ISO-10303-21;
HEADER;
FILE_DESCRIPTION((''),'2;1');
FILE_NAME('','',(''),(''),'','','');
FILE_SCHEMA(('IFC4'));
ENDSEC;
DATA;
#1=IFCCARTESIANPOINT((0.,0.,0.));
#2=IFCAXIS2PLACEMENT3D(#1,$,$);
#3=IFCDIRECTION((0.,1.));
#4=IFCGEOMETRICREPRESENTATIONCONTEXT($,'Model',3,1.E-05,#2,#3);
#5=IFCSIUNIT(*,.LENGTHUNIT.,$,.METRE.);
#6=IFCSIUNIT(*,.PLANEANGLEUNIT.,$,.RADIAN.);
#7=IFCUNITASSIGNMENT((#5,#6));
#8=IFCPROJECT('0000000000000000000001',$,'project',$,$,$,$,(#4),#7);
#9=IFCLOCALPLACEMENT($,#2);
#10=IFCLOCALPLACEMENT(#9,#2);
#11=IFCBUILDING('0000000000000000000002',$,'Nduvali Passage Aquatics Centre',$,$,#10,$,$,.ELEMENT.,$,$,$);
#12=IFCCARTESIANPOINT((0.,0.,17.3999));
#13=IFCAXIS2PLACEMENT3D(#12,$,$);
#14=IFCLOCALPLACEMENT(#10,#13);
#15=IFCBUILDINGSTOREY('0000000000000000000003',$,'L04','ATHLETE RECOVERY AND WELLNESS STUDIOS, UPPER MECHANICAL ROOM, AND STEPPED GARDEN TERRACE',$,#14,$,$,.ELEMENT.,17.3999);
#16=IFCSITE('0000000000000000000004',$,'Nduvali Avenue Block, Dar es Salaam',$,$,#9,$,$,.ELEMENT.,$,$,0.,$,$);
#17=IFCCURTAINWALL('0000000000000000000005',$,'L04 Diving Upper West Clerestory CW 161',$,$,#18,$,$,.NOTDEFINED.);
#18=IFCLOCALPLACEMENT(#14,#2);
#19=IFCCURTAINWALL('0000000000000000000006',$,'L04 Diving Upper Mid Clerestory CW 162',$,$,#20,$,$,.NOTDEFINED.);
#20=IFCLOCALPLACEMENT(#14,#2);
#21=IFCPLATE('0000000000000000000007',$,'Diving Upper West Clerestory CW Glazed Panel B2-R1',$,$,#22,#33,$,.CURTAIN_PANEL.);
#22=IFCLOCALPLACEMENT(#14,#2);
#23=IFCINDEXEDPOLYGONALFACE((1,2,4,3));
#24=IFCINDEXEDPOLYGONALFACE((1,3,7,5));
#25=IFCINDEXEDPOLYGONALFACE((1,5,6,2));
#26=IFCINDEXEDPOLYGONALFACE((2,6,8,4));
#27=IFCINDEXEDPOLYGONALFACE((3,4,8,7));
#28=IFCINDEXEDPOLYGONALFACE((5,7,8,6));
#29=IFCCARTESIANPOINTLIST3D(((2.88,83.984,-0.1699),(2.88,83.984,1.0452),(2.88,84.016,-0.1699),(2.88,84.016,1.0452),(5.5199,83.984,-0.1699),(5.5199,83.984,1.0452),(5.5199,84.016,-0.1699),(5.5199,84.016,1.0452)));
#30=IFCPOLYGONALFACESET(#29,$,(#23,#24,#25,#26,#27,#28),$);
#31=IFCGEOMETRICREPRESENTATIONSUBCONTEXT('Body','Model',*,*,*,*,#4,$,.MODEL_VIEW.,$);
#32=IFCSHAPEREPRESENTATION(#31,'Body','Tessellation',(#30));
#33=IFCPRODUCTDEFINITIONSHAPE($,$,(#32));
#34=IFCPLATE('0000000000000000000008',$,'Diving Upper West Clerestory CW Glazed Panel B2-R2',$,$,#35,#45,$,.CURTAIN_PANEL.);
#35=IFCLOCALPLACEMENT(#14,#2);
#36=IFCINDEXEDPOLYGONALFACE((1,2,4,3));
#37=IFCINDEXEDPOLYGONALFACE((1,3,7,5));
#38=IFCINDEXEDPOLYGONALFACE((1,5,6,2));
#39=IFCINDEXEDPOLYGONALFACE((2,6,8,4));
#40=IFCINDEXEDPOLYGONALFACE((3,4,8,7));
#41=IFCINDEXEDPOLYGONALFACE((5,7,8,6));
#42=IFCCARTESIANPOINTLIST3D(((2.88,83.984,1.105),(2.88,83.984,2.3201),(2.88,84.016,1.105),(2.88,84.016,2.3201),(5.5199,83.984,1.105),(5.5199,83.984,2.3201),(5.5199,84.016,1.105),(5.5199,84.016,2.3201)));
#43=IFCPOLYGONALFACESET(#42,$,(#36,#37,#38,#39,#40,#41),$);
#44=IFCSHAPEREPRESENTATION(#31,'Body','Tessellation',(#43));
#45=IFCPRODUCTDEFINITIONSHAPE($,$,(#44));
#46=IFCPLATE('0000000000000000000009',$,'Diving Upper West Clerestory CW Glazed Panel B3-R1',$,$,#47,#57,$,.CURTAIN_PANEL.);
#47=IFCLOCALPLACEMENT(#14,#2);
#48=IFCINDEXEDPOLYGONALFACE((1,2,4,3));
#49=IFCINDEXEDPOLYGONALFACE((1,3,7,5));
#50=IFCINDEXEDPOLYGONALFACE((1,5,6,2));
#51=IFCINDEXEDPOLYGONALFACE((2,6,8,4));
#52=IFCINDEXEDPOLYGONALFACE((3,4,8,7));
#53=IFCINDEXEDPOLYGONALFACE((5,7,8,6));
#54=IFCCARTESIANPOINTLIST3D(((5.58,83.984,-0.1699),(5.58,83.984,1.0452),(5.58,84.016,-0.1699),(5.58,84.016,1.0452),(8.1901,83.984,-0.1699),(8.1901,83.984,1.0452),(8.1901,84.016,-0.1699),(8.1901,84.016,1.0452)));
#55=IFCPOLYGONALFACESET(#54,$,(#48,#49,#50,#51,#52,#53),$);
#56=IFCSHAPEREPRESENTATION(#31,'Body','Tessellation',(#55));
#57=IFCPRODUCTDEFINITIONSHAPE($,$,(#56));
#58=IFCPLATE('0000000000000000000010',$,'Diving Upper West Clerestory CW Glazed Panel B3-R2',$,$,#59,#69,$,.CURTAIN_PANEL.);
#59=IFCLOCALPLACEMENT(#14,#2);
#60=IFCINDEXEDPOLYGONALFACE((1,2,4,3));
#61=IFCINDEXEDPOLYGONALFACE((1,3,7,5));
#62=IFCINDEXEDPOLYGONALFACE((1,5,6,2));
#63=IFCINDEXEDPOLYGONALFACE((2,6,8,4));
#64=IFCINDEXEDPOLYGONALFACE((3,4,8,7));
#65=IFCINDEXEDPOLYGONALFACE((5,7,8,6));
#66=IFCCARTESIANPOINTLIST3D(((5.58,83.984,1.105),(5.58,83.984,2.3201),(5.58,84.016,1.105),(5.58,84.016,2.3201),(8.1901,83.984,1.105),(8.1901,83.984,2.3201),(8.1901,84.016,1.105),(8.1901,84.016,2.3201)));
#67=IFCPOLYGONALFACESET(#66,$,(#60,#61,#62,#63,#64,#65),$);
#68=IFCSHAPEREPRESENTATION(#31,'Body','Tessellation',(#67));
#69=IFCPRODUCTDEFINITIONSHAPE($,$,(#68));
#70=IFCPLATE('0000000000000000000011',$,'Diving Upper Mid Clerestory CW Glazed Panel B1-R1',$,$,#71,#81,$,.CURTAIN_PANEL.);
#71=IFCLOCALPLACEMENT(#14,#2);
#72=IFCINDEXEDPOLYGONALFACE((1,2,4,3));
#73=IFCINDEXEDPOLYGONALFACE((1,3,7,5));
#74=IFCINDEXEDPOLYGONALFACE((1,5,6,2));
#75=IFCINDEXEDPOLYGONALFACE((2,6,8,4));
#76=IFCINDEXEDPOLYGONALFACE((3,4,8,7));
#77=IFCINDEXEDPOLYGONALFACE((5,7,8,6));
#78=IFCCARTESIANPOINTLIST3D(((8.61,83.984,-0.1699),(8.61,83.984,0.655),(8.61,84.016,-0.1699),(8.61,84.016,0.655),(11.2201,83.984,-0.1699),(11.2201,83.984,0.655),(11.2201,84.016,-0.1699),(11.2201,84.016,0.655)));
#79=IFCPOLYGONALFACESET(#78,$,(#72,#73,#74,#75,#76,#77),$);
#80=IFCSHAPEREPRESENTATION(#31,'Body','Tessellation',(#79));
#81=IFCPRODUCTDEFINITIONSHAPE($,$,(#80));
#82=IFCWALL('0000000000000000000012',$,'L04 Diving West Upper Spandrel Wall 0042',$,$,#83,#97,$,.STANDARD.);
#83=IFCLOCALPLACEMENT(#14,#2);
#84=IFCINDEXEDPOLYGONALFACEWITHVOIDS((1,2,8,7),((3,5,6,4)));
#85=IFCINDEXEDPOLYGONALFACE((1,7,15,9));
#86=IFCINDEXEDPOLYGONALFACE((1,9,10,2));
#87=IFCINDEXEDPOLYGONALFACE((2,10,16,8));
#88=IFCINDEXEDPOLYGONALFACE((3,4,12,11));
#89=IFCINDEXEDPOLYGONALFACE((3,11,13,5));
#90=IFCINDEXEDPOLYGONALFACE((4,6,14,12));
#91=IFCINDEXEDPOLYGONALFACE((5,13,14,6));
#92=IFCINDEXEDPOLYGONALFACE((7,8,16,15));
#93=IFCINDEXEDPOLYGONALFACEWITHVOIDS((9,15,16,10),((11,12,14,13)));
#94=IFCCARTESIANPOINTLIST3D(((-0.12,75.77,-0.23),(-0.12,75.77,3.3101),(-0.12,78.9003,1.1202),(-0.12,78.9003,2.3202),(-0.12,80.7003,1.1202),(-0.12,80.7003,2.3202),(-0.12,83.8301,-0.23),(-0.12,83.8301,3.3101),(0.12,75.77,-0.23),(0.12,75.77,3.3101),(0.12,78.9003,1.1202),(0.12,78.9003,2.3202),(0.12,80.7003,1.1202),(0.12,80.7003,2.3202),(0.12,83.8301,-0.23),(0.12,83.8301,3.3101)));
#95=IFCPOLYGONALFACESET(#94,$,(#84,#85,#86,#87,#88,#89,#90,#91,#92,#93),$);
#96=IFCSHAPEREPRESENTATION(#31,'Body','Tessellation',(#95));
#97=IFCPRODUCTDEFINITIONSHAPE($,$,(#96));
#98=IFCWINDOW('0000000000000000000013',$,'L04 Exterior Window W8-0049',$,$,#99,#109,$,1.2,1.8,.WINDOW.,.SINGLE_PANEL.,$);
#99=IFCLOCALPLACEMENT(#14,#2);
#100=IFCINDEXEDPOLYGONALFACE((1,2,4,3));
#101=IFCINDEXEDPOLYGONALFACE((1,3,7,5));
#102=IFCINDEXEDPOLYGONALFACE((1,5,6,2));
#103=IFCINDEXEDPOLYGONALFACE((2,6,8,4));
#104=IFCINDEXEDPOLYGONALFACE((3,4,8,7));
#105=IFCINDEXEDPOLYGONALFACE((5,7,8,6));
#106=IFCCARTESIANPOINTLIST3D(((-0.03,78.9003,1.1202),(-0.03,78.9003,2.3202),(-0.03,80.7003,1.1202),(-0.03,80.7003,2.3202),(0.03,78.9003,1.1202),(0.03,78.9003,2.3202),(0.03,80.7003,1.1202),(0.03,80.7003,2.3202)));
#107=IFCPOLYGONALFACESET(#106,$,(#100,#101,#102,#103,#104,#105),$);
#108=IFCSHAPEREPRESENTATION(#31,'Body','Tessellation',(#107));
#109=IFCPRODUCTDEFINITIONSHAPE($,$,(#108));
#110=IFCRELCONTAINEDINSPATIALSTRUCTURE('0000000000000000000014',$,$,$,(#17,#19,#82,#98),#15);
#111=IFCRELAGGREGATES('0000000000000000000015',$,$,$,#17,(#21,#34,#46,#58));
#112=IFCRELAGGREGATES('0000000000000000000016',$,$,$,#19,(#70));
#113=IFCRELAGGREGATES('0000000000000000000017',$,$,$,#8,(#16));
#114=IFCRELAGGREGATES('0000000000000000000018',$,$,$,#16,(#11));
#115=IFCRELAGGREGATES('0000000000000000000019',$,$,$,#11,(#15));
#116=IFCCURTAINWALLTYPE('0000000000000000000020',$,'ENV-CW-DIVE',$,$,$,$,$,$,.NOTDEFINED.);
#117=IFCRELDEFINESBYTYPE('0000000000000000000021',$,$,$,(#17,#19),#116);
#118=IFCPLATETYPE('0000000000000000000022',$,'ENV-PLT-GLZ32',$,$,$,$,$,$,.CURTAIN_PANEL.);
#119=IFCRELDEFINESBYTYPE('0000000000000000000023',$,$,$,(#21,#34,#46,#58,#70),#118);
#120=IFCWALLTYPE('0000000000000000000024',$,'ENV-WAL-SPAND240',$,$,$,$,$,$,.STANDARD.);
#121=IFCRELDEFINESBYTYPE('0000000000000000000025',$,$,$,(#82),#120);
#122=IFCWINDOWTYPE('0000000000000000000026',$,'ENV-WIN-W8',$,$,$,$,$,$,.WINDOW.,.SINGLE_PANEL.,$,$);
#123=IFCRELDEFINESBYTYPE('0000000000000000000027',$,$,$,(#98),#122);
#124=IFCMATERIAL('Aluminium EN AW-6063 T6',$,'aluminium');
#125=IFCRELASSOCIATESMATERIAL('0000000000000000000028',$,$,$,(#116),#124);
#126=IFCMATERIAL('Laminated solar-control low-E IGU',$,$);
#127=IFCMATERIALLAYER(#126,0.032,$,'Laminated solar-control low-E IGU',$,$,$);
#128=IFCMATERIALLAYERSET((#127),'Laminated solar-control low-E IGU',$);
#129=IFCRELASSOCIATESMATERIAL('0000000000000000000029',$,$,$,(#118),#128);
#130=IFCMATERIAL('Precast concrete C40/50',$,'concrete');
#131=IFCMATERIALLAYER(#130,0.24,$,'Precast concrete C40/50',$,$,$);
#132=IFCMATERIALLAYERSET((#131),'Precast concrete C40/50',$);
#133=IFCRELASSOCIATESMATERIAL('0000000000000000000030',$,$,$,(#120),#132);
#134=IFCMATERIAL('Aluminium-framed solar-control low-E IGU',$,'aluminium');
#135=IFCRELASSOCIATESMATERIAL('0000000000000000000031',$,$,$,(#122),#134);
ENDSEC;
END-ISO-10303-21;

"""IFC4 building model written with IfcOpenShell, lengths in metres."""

from ifc_helpers import new_model, si_unit, direction, frame, frame_2d, origin, origin_2d, place, context, subcontext, project, spatial, rectangle, extrude, material, layer, layer_set, type_object, element, fill, aggregate, save


model = new_model("IFC4")

# Units and contexts
model_context = context("Model", 3, precision=1e-05, world=origin(), true_north=direction((0.0, 1.0)))
body_context = subcontext(model_context, "Body", "Model", "MODEL_VIEW")
ifc_project = project(units=[si_unit("LENGTHUNIT", "METRE"), si_unit("PLANEANGLEUNIT", "RADIAN")], contexts=[model_context])

# Site, building, storey
site_placement = place(None, origin())
site = spatial("IfcSite", under=ifc_project, at=site_placement, Name="Nduvali Avenue Block, Dar es Salaam", CompositionType="ELEMENT", RefElevation=0.0)
building_placement = place(site_placement, origin())
building = spatial("IfcBuilding", under=site, at=building_placement, Name="Nduvali Passage Aquatics Centre", CompositionType="ELEMENT")
storey_placement = place(building_placement, frame((0.0, 0.0, 17.3999)))
storey = spatial("IfcBuildingStorey", under=building, at=storey_placement, Name="L04", Description="ATHLETE RECOVERY AND WELLNESS STUDIOS, UPPER MECHANICAL ROOM, AND STEPPED GARDEN TERRACE", CompositionType="ELEMENT", Elevation=17.3999)

# Shared definitions
ifc_material_1 = material(Name="Aluminium EN AW-6063 T6", Category="aluminium")
curtain_wall_type = type_object("IfcCurtainWallType", Name="ENV-CW-DIVE", PredefinedType="NOTDEFINED", material=ifc_material_1)

# Curtain wall
curtain_wall_1_placement = place(storey_placement, origin())
curtain_wall_1 = element("IfcCurtainWall", 1, at=curtain_wall_1_placement, inside=storey, type_object=curtain_wall_type, Name="L04 Diving Upper West Clerestory CW 161", PredefinedType="NOTDEFINED")

# Curtain wall
curtain_wall_2_placement = place(storey_placement, origin())
curtain_wall_2 = element("IfcCurtainWall", 2, at=curtain_wall_2_placement, inside=storey, type_object=curtain_wall_type, Name="L04 Diving Upper Mid Clerestory CW 162", PredefinedType="NOTDEFINED")

# Plates
ifc_material_2 = material(Name="Laminated solar-control low-E IGU")
ifc_layer_1 = layer(ifc_material_2, 0.032, Name="Laminated solar-control low-E IGU")
ifc_layer_set_1 = layer_set([ifc_layer_1], Name="Laminated solar-control low-E IGU")
plate_type = type_object("IfcPlateType", Name="ENV-PLT-GLZ32", PredefinedType="CURTAIN_PANEL", material=ifc_layer_set_1)
plate_1_placement = place(storey_placement, frame((4.2, 84.0, -0.1699), z_axis=(0.0, 0.0, 1.0), x_axis=(1.0, 0.0, 0.0)))
plate_1 = element("IfcPlate", 3, at=plate_1_placement, type_object=plate_type, Name="Diving Upper West Clerestory CW Glazed Panel B2-R1", PredefinedType="CURTAIN_PANEL", context=body_context, shape_type="SweptSolid", body=[
    extrude(rectangle(XDim=2.6399, YDim=0.032, at=origin_2d()), origin(), (0.0, 0.0, 1.0), 1.2151),
])
plate_2_placement = place(storey_placement, frame((4.2, 84.0, 1.105), z_axis=(0.0, 0.0, 1.0), x_axis=(1.0, 0.0, 0.0)))
plate_2 = element("IfcPlate", 4, at=plate_2_placement, type_object=plate_type, Name="Diving Upper West Clerestory CW Glazed Panel B2-R2", PredefinedType="CURTAIN_PANEL", context=body_context, shape_type="SweptSolid", body=[
    extrude(rectangle(XDim=2.6399, YDim=0.032, at=origin_2d()), origin(), (0.0, 0.0, 1.0), 1.2151),
])
plate_3_placement = place(storey_placement, frame((6.885, 84.0, -0.1699), z_axis=(0.0, 0.0, 1.0), x_axis=(1.0, 0.0, 0.0)))
plate_3 = element("IfcPlate", 5, at=plate_3_placement, type_object=plate_type, Name="Diving Upper West Clerestory CW Glazed Panel B3-R1", PredefinedType="CURTAIN_PANEL", context=body_context, shape_type="SweptSolid", body=[
    extrude(rectangle(XDim=2.6101, YDim=0.032, at=origin_2d()), origin(), (0.0, 0.0, 1.0), 1.2151),
])
plate_4_placement = place(storey_placement, frame((6.885, 84.0, 1.105), z_axis=(0.0, 0.0, 1.0), x_axis=(1.0, 0.0, 0.0)))
plate_4 = element("IfcPlate", 6, at=plate_4_placement, type_object=plate_type, Name="Diving Upper West Clerestory CW Glazed Panel B3-R2", PredefinedType="CURTAIN_PANEL", context=body_context, shape_type="SweptSolid", body=[
    extrude(rectangle(XDim=2.6101, YDim=0.032, at=origin_2d()), origin(), (0.0, 0.0, 1.0), 1.2151),
])
aggregate(curtain_wall_1, [plate_1, plate_2, plate_3, plate_4])
plate_5_placement = place(storey_placement, frame((9.915, 84.0, -0.1699), z_axis=(0.0, 0.0, 1.0), x_axis=(1.0, 0.0, 0.0)))
plate_5 = element("IfcPlate", 7, at=plate_5_placement, type_object=plate_type, Name="Diving Upper Mid Clerestory CW Glazed Panel B1-R1", PredefinedType="CURTAIN_PANEL", context=body_context, shape_type="SweptSolid", body=[
    extrude(rectangle(XDim=2.6101, YDim=0.032, at=origin_2d()), origin(), (0.0, 0.0, 1.0), 0.825),
])
aggregate(curtain_wall_2, [plate_5])

# Wall, opening, window
ifc_material_3 = material(Name="Precast concrete C40/50", Category="concrete")
ifc_layer_2 = layer(ifc_material_3, 0.24, Name="Precast concrete C40/50")
ifc_layer_set_2 = layer_set([ifc_layer_2], Name="Precast concrete C40/50")
wall_type = type_object("IfcWallType", Name="ENV-WAL-SPAND240", PredefinedType="STANDARD", material=ifc_layer_set_2)
wall_placement = place(storey_placement, frame((0.0, 83.8301, -0.23), z_axis=(0.0, 0.0, 1.0), x_axis=(0.0, -1.0, 0.0)))
wall = element("IfcWall", 8, at=wall_placement, inside=storey, type_object=wall_type, Name="L04 Diving West Upper Spandrel Wall 0042", PredefinedType="STANDARD", context=body_context, shape_type="SweptSolid", body=[
    extrude(rectangle(XDim=8.0601, YDim=0.24, at=frame_2d((4.03, 0.0))), origin(), (0.0, 0.0, 1.0), 3.54),
])
opening_placement = place(wall_placement, frame((3.1299, 0.0, 1.3501)))
opening = element("IfcOpeningElement", 9, at=opening_placement, cuts=wall, PredefinedType="OPENING", context=body_context, shape_type="SweptSolid", body=[
    extrude(rectangle(XDim=1.8, YDim=1.2, at=frame_2d((0.8999, 0.6001))), frame((0.0, 0.1348, 0.0), z_axis=(0.0, -1.0, 0.0), x_axis=(1.0, 0.0, 0.0)), (0.0, 0.0, 1.0), 0.2698),
])
ifc_material_4 = material(Name="Aluminium-framed solar-control low-E IGU", Category="aluminium")
window_type = type_object("IfcWindowType", Name="ENV-WIN-W8", PartitioningType="SINGLE_PANEL", PredefinedType="WINDOW", material=ifc_material_4)
window_placement = place(opening_placement, origin())
window = element("IfcWindow", 10, at=window_placement, inside=storey, type_object=window_type, Name="L04 Exterior Window W8-0049", OverallHeight=1.2, OverallWidth=1.8, PartitioningType="SINGLE_PANEL", PredefinedType="WINDOW", context=body_context, shape_type="SweptSolid", body=[
    extrude(rectangle(XDim=1.8, YDim=1.2, at=frame_2d((0.8999, 0.6001))), frame((0.0, 0.03, 0.0), z_axis=(0.0, -1.0, 0.0), x_axis=(1.0, 0.0, 0.0)), (0.0, 0.0, 1.0), 0.0601),
])
fill(opening, window)

save(model, "model.ifc")
